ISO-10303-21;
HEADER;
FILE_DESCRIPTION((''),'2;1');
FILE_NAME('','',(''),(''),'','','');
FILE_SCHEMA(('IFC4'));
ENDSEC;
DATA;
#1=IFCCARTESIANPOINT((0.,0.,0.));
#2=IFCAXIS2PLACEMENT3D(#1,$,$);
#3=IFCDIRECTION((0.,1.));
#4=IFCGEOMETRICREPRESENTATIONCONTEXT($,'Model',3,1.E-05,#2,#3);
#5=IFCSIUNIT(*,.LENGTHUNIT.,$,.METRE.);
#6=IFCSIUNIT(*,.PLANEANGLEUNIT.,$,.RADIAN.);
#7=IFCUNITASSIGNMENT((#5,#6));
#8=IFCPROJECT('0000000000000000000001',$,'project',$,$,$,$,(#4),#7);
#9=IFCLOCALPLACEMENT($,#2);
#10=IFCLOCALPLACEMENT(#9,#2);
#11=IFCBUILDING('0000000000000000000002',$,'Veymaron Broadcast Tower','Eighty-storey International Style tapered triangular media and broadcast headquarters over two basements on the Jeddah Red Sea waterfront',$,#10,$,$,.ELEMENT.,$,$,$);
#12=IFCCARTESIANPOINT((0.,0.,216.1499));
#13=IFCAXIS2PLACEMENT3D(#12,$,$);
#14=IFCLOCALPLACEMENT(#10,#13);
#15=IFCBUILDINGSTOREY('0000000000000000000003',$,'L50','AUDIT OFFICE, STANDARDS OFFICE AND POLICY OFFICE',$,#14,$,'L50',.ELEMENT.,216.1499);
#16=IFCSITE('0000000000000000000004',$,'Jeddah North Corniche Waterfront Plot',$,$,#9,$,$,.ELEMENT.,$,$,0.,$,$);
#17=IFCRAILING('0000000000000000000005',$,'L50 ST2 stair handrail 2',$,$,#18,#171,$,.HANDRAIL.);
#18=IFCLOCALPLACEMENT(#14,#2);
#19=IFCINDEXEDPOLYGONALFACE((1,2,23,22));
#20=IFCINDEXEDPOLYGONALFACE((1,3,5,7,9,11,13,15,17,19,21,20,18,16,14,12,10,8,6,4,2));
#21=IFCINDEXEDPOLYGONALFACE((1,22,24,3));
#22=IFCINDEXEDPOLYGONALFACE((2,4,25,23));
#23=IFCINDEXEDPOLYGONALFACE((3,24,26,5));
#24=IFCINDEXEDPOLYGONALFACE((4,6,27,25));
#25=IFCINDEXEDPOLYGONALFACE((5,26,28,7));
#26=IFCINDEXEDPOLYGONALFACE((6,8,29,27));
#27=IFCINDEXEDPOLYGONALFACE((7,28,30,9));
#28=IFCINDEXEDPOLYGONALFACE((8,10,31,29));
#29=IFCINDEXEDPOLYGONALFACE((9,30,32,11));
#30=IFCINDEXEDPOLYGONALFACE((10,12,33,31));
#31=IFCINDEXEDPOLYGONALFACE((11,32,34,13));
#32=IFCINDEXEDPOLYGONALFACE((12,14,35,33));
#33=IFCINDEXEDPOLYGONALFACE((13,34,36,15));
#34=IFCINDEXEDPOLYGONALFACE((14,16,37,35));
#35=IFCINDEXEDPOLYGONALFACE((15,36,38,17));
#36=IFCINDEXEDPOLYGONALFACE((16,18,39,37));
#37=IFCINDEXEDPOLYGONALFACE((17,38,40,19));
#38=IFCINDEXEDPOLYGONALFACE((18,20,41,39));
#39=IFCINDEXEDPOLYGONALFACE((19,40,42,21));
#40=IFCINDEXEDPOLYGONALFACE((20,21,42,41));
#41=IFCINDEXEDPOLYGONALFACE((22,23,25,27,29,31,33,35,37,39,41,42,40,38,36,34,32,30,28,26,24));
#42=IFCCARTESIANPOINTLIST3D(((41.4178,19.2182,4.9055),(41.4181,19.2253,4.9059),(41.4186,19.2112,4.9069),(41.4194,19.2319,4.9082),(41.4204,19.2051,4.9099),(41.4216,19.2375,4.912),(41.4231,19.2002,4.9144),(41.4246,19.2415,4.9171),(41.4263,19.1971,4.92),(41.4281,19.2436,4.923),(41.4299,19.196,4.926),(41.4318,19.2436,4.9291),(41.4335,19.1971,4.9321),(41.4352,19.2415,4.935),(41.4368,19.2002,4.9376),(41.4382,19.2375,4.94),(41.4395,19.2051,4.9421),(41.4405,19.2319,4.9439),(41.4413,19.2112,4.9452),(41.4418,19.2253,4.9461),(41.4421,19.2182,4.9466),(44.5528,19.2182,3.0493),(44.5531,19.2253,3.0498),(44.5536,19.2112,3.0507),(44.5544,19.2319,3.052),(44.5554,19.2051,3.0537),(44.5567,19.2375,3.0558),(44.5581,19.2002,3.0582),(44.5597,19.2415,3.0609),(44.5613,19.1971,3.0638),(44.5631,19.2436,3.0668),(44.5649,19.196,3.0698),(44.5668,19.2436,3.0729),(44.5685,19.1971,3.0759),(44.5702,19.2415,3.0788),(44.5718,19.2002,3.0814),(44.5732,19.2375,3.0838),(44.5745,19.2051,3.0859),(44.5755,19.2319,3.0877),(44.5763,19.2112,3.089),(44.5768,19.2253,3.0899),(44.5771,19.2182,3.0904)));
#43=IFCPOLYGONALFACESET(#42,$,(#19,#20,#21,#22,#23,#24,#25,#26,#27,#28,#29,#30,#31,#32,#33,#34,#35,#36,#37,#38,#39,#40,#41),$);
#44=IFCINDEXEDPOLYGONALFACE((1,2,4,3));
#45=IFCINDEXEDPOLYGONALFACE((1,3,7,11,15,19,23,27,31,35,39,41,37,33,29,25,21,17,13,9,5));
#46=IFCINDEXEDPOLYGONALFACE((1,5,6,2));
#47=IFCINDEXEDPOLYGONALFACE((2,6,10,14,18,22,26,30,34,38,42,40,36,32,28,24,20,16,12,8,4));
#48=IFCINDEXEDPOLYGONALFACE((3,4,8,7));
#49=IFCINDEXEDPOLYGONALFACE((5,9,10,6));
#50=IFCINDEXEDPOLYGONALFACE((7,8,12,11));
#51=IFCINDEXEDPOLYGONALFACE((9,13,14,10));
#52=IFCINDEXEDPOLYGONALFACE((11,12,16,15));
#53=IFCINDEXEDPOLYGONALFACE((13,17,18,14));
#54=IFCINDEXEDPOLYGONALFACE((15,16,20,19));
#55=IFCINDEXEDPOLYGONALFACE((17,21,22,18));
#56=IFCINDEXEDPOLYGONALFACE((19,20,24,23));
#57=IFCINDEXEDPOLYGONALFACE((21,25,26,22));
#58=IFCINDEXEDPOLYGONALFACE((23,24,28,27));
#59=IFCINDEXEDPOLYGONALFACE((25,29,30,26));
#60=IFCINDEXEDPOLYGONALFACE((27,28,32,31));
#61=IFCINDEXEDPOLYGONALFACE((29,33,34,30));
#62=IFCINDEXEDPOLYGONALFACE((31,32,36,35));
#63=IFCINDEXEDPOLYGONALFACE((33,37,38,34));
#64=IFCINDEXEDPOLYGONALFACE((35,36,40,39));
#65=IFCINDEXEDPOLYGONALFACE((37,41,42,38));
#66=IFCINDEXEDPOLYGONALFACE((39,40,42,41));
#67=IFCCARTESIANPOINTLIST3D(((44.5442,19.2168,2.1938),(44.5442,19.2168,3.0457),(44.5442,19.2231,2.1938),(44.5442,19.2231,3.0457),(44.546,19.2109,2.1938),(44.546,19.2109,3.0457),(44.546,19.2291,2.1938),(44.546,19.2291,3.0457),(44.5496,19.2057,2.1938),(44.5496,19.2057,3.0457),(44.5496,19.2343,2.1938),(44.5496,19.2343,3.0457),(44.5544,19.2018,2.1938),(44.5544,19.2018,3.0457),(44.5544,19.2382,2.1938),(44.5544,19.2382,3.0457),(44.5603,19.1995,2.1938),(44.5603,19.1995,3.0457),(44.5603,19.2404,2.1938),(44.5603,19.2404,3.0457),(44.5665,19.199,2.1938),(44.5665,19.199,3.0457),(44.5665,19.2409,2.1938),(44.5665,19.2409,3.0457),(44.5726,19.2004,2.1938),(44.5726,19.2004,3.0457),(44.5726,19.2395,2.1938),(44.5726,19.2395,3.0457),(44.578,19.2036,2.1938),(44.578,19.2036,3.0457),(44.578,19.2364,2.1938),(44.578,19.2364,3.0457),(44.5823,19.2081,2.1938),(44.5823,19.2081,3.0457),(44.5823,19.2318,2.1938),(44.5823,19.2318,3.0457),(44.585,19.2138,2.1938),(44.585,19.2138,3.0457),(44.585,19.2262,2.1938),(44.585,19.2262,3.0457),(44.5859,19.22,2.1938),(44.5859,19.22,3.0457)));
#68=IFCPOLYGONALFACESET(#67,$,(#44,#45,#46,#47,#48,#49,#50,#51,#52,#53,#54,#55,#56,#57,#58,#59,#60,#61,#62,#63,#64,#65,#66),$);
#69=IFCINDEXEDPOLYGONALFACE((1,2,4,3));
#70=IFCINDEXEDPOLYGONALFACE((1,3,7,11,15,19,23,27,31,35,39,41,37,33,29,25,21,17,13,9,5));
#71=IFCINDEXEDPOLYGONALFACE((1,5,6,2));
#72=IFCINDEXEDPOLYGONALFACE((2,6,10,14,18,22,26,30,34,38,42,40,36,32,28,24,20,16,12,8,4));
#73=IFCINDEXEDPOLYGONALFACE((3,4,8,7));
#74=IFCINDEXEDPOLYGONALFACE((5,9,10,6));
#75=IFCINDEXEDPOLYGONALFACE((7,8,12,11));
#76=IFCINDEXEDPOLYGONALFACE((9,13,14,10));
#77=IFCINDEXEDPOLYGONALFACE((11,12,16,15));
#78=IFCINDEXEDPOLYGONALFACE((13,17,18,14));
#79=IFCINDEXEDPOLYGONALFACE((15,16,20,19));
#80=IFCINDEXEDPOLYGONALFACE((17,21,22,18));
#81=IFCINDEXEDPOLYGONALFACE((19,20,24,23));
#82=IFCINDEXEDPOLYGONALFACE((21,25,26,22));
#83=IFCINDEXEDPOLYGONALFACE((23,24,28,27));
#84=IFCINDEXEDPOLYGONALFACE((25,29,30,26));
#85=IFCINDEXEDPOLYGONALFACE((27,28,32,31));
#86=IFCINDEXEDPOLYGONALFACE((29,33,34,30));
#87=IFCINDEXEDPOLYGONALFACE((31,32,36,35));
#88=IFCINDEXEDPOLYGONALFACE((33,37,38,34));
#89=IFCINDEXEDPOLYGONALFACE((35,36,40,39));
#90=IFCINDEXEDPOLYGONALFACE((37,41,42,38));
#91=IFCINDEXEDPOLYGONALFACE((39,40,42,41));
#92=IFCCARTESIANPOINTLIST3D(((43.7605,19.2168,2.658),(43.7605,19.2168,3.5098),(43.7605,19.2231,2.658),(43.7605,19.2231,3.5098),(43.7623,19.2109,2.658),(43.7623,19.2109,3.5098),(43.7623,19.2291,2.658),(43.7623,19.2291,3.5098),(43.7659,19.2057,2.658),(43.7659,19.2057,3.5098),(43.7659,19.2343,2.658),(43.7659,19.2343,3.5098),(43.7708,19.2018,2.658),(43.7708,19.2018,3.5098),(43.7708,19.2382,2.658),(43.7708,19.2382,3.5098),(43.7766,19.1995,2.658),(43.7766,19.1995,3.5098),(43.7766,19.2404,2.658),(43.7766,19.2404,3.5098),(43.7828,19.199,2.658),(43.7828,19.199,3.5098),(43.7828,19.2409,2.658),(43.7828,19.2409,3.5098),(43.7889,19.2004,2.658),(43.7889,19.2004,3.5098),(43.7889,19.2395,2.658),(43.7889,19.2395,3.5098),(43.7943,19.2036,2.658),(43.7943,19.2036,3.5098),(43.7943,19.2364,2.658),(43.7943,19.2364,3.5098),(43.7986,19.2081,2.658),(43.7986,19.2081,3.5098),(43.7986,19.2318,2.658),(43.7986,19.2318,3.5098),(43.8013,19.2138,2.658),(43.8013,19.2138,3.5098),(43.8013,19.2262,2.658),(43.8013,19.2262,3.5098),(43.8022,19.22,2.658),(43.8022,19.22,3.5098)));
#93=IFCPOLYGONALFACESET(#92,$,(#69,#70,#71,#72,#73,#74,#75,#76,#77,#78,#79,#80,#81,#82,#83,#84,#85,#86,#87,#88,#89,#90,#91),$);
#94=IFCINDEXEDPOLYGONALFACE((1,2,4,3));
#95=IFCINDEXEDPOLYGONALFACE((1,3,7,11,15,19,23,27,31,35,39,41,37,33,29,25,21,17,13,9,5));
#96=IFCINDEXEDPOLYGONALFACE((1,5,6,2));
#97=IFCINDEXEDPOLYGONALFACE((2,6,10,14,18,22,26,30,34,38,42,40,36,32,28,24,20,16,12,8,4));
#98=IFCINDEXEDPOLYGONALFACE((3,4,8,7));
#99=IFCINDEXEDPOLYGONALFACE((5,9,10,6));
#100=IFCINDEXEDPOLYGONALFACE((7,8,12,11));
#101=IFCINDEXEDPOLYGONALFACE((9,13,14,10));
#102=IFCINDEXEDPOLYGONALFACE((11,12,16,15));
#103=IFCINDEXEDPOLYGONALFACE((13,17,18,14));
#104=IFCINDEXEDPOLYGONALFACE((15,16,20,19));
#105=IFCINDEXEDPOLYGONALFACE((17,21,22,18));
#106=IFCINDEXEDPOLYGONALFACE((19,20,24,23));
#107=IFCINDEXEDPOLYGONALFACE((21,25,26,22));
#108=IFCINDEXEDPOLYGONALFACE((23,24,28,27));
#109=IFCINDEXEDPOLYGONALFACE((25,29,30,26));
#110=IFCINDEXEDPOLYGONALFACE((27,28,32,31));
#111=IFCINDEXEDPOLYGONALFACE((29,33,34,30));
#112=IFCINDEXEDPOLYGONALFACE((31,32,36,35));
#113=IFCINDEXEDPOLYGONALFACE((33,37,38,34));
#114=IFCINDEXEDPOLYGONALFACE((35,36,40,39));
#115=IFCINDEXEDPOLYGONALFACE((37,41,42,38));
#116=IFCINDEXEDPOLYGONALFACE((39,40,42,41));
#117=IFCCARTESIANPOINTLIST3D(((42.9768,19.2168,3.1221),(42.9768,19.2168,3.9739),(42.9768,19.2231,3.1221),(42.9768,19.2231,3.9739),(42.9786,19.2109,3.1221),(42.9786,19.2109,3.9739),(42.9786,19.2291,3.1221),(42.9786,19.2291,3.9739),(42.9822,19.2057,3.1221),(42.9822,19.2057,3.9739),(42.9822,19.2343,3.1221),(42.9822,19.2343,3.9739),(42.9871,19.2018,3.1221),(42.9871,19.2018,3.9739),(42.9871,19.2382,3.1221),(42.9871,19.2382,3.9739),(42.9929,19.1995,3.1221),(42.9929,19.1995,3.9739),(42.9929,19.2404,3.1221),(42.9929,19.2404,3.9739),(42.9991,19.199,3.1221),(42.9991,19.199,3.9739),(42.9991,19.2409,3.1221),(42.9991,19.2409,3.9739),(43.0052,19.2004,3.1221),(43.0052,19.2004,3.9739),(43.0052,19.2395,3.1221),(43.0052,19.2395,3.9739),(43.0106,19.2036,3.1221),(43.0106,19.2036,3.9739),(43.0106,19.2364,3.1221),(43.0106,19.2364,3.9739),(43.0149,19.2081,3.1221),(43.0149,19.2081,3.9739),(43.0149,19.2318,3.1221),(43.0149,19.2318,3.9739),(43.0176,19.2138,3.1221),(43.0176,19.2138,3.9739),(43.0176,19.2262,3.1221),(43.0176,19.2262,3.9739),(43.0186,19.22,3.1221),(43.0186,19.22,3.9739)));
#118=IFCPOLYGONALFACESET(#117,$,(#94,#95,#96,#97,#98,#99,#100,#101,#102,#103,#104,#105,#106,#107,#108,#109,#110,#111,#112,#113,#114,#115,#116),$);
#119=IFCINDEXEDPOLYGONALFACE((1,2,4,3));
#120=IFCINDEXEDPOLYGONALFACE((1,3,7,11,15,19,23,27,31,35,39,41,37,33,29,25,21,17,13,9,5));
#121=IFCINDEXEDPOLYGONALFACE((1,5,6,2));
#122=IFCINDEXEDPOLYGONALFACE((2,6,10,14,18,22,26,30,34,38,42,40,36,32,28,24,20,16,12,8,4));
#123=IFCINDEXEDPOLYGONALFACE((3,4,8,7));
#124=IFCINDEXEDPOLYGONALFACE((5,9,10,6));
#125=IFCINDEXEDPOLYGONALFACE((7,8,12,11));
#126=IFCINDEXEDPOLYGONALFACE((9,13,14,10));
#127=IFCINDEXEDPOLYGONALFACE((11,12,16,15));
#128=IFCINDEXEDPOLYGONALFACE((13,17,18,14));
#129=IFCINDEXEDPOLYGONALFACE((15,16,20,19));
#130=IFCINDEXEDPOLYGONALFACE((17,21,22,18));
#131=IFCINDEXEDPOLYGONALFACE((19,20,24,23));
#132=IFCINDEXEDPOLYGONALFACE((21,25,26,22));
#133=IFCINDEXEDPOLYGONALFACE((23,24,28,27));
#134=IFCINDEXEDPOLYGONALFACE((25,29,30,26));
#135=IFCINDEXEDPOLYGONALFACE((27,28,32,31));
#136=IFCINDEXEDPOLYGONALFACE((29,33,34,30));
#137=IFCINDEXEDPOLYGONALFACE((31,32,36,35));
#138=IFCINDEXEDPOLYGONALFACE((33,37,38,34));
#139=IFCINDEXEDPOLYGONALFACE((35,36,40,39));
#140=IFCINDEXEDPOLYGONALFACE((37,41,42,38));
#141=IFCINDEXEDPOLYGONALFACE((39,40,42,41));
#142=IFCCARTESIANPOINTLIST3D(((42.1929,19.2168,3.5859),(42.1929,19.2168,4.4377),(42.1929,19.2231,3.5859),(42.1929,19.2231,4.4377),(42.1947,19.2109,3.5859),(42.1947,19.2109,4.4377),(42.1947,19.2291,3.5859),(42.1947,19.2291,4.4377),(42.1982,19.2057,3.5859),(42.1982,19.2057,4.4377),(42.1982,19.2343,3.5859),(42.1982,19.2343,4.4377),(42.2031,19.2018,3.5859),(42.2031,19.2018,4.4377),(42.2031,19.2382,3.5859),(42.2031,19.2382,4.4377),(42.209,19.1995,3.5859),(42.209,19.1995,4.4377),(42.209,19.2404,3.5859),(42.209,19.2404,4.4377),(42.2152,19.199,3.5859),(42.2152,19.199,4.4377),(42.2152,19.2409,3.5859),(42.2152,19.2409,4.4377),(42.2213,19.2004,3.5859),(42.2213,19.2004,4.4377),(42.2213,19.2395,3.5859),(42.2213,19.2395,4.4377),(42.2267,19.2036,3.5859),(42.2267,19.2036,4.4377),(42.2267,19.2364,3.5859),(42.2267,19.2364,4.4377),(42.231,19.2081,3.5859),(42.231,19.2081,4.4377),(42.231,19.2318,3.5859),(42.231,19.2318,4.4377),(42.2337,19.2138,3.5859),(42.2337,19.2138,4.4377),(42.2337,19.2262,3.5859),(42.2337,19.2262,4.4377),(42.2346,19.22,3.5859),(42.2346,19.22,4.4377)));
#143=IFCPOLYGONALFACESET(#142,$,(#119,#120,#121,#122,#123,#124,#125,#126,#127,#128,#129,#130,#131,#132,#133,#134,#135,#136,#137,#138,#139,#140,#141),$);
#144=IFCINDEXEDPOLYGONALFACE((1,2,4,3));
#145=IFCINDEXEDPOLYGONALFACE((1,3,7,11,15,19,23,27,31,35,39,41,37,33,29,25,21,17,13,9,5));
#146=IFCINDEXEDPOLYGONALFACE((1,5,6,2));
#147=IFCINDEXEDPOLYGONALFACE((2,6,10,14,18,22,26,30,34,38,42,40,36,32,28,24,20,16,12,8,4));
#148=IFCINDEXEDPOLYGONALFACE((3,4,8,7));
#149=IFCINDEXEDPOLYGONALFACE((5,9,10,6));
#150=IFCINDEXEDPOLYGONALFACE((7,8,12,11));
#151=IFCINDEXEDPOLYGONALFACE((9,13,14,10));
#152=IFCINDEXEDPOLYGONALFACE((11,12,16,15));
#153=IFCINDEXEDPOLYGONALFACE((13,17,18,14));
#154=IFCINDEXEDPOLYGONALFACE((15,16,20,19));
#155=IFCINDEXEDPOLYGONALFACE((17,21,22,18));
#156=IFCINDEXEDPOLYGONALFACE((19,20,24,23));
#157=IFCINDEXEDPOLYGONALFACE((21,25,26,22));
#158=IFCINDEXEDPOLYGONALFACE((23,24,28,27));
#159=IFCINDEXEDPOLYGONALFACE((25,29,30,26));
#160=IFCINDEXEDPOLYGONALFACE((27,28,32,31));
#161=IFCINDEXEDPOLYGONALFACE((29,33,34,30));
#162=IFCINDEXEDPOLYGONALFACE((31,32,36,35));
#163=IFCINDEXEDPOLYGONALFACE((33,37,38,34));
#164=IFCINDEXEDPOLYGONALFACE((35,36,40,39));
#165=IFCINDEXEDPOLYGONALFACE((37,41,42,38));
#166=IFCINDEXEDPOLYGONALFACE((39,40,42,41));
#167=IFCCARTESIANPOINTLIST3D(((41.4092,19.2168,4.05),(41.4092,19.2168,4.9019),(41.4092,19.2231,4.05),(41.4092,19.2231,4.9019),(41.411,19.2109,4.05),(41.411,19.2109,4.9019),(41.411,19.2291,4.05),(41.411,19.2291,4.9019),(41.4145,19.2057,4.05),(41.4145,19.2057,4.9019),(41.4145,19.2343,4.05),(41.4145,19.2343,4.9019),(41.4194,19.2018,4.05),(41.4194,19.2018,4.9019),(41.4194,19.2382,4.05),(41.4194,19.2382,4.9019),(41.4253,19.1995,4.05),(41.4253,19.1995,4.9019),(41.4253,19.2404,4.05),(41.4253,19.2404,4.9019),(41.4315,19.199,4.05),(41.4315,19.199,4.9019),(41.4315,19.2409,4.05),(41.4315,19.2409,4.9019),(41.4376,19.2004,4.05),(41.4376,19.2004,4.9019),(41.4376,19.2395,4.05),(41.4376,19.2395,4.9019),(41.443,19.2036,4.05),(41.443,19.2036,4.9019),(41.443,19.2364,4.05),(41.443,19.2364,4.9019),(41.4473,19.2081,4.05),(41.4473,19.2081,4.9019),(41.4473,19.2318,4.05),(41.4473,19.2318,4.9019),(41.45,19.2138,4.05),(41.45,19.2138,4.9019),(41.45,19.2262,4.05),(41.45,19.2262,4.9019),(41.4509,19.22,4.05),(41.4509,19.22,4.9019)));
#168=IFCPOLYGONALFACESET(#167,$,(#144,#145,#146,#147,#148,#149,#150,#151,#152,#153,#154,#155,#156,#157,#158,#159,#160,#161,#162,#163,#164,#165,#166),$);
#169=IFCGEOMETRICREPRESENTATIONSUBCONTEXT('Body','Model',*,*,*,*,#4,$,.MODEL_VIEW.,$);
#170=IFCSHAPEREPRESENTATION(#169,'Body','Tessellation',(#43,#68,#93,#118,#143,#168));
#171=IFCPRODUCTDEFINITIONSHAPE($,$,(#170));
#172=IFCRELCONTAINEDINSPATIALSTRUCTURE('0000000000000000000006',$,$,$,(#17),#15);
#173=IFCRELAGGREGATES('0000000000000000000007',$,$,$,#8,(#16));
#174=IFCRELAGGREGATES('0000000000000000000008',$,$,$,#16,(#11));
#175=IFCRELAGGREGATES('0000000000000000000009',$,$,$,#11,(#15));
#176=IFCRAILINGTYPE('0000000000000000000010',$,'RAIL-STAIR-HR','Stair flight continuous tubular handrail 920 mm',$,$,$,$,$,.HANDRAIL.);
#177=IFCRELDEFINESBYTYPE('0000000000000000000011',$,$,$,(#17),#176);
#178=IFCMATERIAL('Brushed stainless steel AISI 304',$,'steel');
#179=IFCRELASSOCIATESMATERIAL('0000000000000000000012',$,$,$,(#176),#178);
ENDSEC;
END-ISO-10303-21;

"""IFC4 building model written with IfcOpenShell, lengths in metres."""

from ifc_helpers import new_model, si_unit, direction, frame, origin, origin_2d, place, context, subcontext, project, spatial, circle, extrude, material, type_object, element, save


model = new_model("IFC4")

# Units and contexts
model_context = context("Model", 3, precision=1e-05, world=origin(), true_north=direction((0.0, 1.0)))
body_context = subcontext(model_context, "Body", "Model", "MODEL_VIEW")
ifc_project = project(units=[si_unit("LENGTHUNIT", "METRE"), si_unit("PLANEANGLEUNIT", "RADIAN")], contexts=[model_context])

# Site, building, storey
site_placement = place(None, origin())
site = spatial("IfcSite", under=ifc_project, at=site_placement, Name="Jeddah North Corniche Waterfront Plot", CompositionType="ELEMENT", RefElevation=0.0)
building_placement = place(site_placement, origin())
building = spatial("IfcBuilding", under=site, at=building_placement, Name="Veymaron Broadcast Tower", Description="Eighty-storey International Style tapered triangular media and broadcast headquarters over two basements on the Jeddah Red Sea waterfront", CompositionType="ELEMENT")
storey_placement = place(building_placement, frame((0.0, 0.0, 216.1499)))
storey = spatial("IfcBuildingStorey", under=building, at=storey_placement, Name="L50", Description="AUDIT OFFICE, STANDARDS OFFICE AND POLICY OFFICE", LongName="L50", CompositionType="ELEMENT", Elevation=216.1499)

# Shared definitions
ifc_material_1 = material(Name="Brushed stainless steel AISI 304", Category="steel")

# Railing
railing_type_1 = type_object("IfcRailingType", Name="RAIL-STAIR-HR", Description="Stair flight continuous tubular handrail 920 mm", PredefinedType="HANDRAIL", material=ifc_material_1)
railing_1_placement = place(storey_placement, frame((44.5649, 19.22, 2.1938)))
element("IfcRailing", 1, at=railing_1_placement, inside=storey, type_object=railing_type_1, Name="L50 ST2 stair handrail 2", PredefinedType="HANDRAIL", context=body_context, shape_type="SweptSolid", body=[
    extrude(circle(Radius=0.0239, at=origin_2d()), frame((0.0, 0.0, 0.876), z_axis=(-0.860482, 0.0, 0.509481), x_axis=(0.0, -1.0, 0.0)), (0.0, 0.0, 1.0), 3.6433),
    extrude(circle(Radius=0.021, at=origin_2d()), origin(), (0.0, 0.0, 1.0), 0.8518),
    extrude(circle(Radius=0.021, at=origin_2d()), frame((-0.7837, 0.0, 0.4641)), (0.0, 0.0, 1.0), 0.8518),
    extrude(circle(Radius=0.021, at=origin_2d()), frame((-1.5674, 0.0, 0.9282)), (0.0, 0.0, 1.0), 0.8518),
    extrude(circle(Radius=0.021, at=origin_2d()), frame((-2.3513, 0.0, 1.3921)), (0.0, 0.0, 1.0), 0.8518),
    extrude(circle(Radius=0.021, at=origin_2d()), frame((-3.135, 0.0, 1.8562)), (0.0, 0.0, 1.0), 0.8518),
])

save(model, "model.ifc")
